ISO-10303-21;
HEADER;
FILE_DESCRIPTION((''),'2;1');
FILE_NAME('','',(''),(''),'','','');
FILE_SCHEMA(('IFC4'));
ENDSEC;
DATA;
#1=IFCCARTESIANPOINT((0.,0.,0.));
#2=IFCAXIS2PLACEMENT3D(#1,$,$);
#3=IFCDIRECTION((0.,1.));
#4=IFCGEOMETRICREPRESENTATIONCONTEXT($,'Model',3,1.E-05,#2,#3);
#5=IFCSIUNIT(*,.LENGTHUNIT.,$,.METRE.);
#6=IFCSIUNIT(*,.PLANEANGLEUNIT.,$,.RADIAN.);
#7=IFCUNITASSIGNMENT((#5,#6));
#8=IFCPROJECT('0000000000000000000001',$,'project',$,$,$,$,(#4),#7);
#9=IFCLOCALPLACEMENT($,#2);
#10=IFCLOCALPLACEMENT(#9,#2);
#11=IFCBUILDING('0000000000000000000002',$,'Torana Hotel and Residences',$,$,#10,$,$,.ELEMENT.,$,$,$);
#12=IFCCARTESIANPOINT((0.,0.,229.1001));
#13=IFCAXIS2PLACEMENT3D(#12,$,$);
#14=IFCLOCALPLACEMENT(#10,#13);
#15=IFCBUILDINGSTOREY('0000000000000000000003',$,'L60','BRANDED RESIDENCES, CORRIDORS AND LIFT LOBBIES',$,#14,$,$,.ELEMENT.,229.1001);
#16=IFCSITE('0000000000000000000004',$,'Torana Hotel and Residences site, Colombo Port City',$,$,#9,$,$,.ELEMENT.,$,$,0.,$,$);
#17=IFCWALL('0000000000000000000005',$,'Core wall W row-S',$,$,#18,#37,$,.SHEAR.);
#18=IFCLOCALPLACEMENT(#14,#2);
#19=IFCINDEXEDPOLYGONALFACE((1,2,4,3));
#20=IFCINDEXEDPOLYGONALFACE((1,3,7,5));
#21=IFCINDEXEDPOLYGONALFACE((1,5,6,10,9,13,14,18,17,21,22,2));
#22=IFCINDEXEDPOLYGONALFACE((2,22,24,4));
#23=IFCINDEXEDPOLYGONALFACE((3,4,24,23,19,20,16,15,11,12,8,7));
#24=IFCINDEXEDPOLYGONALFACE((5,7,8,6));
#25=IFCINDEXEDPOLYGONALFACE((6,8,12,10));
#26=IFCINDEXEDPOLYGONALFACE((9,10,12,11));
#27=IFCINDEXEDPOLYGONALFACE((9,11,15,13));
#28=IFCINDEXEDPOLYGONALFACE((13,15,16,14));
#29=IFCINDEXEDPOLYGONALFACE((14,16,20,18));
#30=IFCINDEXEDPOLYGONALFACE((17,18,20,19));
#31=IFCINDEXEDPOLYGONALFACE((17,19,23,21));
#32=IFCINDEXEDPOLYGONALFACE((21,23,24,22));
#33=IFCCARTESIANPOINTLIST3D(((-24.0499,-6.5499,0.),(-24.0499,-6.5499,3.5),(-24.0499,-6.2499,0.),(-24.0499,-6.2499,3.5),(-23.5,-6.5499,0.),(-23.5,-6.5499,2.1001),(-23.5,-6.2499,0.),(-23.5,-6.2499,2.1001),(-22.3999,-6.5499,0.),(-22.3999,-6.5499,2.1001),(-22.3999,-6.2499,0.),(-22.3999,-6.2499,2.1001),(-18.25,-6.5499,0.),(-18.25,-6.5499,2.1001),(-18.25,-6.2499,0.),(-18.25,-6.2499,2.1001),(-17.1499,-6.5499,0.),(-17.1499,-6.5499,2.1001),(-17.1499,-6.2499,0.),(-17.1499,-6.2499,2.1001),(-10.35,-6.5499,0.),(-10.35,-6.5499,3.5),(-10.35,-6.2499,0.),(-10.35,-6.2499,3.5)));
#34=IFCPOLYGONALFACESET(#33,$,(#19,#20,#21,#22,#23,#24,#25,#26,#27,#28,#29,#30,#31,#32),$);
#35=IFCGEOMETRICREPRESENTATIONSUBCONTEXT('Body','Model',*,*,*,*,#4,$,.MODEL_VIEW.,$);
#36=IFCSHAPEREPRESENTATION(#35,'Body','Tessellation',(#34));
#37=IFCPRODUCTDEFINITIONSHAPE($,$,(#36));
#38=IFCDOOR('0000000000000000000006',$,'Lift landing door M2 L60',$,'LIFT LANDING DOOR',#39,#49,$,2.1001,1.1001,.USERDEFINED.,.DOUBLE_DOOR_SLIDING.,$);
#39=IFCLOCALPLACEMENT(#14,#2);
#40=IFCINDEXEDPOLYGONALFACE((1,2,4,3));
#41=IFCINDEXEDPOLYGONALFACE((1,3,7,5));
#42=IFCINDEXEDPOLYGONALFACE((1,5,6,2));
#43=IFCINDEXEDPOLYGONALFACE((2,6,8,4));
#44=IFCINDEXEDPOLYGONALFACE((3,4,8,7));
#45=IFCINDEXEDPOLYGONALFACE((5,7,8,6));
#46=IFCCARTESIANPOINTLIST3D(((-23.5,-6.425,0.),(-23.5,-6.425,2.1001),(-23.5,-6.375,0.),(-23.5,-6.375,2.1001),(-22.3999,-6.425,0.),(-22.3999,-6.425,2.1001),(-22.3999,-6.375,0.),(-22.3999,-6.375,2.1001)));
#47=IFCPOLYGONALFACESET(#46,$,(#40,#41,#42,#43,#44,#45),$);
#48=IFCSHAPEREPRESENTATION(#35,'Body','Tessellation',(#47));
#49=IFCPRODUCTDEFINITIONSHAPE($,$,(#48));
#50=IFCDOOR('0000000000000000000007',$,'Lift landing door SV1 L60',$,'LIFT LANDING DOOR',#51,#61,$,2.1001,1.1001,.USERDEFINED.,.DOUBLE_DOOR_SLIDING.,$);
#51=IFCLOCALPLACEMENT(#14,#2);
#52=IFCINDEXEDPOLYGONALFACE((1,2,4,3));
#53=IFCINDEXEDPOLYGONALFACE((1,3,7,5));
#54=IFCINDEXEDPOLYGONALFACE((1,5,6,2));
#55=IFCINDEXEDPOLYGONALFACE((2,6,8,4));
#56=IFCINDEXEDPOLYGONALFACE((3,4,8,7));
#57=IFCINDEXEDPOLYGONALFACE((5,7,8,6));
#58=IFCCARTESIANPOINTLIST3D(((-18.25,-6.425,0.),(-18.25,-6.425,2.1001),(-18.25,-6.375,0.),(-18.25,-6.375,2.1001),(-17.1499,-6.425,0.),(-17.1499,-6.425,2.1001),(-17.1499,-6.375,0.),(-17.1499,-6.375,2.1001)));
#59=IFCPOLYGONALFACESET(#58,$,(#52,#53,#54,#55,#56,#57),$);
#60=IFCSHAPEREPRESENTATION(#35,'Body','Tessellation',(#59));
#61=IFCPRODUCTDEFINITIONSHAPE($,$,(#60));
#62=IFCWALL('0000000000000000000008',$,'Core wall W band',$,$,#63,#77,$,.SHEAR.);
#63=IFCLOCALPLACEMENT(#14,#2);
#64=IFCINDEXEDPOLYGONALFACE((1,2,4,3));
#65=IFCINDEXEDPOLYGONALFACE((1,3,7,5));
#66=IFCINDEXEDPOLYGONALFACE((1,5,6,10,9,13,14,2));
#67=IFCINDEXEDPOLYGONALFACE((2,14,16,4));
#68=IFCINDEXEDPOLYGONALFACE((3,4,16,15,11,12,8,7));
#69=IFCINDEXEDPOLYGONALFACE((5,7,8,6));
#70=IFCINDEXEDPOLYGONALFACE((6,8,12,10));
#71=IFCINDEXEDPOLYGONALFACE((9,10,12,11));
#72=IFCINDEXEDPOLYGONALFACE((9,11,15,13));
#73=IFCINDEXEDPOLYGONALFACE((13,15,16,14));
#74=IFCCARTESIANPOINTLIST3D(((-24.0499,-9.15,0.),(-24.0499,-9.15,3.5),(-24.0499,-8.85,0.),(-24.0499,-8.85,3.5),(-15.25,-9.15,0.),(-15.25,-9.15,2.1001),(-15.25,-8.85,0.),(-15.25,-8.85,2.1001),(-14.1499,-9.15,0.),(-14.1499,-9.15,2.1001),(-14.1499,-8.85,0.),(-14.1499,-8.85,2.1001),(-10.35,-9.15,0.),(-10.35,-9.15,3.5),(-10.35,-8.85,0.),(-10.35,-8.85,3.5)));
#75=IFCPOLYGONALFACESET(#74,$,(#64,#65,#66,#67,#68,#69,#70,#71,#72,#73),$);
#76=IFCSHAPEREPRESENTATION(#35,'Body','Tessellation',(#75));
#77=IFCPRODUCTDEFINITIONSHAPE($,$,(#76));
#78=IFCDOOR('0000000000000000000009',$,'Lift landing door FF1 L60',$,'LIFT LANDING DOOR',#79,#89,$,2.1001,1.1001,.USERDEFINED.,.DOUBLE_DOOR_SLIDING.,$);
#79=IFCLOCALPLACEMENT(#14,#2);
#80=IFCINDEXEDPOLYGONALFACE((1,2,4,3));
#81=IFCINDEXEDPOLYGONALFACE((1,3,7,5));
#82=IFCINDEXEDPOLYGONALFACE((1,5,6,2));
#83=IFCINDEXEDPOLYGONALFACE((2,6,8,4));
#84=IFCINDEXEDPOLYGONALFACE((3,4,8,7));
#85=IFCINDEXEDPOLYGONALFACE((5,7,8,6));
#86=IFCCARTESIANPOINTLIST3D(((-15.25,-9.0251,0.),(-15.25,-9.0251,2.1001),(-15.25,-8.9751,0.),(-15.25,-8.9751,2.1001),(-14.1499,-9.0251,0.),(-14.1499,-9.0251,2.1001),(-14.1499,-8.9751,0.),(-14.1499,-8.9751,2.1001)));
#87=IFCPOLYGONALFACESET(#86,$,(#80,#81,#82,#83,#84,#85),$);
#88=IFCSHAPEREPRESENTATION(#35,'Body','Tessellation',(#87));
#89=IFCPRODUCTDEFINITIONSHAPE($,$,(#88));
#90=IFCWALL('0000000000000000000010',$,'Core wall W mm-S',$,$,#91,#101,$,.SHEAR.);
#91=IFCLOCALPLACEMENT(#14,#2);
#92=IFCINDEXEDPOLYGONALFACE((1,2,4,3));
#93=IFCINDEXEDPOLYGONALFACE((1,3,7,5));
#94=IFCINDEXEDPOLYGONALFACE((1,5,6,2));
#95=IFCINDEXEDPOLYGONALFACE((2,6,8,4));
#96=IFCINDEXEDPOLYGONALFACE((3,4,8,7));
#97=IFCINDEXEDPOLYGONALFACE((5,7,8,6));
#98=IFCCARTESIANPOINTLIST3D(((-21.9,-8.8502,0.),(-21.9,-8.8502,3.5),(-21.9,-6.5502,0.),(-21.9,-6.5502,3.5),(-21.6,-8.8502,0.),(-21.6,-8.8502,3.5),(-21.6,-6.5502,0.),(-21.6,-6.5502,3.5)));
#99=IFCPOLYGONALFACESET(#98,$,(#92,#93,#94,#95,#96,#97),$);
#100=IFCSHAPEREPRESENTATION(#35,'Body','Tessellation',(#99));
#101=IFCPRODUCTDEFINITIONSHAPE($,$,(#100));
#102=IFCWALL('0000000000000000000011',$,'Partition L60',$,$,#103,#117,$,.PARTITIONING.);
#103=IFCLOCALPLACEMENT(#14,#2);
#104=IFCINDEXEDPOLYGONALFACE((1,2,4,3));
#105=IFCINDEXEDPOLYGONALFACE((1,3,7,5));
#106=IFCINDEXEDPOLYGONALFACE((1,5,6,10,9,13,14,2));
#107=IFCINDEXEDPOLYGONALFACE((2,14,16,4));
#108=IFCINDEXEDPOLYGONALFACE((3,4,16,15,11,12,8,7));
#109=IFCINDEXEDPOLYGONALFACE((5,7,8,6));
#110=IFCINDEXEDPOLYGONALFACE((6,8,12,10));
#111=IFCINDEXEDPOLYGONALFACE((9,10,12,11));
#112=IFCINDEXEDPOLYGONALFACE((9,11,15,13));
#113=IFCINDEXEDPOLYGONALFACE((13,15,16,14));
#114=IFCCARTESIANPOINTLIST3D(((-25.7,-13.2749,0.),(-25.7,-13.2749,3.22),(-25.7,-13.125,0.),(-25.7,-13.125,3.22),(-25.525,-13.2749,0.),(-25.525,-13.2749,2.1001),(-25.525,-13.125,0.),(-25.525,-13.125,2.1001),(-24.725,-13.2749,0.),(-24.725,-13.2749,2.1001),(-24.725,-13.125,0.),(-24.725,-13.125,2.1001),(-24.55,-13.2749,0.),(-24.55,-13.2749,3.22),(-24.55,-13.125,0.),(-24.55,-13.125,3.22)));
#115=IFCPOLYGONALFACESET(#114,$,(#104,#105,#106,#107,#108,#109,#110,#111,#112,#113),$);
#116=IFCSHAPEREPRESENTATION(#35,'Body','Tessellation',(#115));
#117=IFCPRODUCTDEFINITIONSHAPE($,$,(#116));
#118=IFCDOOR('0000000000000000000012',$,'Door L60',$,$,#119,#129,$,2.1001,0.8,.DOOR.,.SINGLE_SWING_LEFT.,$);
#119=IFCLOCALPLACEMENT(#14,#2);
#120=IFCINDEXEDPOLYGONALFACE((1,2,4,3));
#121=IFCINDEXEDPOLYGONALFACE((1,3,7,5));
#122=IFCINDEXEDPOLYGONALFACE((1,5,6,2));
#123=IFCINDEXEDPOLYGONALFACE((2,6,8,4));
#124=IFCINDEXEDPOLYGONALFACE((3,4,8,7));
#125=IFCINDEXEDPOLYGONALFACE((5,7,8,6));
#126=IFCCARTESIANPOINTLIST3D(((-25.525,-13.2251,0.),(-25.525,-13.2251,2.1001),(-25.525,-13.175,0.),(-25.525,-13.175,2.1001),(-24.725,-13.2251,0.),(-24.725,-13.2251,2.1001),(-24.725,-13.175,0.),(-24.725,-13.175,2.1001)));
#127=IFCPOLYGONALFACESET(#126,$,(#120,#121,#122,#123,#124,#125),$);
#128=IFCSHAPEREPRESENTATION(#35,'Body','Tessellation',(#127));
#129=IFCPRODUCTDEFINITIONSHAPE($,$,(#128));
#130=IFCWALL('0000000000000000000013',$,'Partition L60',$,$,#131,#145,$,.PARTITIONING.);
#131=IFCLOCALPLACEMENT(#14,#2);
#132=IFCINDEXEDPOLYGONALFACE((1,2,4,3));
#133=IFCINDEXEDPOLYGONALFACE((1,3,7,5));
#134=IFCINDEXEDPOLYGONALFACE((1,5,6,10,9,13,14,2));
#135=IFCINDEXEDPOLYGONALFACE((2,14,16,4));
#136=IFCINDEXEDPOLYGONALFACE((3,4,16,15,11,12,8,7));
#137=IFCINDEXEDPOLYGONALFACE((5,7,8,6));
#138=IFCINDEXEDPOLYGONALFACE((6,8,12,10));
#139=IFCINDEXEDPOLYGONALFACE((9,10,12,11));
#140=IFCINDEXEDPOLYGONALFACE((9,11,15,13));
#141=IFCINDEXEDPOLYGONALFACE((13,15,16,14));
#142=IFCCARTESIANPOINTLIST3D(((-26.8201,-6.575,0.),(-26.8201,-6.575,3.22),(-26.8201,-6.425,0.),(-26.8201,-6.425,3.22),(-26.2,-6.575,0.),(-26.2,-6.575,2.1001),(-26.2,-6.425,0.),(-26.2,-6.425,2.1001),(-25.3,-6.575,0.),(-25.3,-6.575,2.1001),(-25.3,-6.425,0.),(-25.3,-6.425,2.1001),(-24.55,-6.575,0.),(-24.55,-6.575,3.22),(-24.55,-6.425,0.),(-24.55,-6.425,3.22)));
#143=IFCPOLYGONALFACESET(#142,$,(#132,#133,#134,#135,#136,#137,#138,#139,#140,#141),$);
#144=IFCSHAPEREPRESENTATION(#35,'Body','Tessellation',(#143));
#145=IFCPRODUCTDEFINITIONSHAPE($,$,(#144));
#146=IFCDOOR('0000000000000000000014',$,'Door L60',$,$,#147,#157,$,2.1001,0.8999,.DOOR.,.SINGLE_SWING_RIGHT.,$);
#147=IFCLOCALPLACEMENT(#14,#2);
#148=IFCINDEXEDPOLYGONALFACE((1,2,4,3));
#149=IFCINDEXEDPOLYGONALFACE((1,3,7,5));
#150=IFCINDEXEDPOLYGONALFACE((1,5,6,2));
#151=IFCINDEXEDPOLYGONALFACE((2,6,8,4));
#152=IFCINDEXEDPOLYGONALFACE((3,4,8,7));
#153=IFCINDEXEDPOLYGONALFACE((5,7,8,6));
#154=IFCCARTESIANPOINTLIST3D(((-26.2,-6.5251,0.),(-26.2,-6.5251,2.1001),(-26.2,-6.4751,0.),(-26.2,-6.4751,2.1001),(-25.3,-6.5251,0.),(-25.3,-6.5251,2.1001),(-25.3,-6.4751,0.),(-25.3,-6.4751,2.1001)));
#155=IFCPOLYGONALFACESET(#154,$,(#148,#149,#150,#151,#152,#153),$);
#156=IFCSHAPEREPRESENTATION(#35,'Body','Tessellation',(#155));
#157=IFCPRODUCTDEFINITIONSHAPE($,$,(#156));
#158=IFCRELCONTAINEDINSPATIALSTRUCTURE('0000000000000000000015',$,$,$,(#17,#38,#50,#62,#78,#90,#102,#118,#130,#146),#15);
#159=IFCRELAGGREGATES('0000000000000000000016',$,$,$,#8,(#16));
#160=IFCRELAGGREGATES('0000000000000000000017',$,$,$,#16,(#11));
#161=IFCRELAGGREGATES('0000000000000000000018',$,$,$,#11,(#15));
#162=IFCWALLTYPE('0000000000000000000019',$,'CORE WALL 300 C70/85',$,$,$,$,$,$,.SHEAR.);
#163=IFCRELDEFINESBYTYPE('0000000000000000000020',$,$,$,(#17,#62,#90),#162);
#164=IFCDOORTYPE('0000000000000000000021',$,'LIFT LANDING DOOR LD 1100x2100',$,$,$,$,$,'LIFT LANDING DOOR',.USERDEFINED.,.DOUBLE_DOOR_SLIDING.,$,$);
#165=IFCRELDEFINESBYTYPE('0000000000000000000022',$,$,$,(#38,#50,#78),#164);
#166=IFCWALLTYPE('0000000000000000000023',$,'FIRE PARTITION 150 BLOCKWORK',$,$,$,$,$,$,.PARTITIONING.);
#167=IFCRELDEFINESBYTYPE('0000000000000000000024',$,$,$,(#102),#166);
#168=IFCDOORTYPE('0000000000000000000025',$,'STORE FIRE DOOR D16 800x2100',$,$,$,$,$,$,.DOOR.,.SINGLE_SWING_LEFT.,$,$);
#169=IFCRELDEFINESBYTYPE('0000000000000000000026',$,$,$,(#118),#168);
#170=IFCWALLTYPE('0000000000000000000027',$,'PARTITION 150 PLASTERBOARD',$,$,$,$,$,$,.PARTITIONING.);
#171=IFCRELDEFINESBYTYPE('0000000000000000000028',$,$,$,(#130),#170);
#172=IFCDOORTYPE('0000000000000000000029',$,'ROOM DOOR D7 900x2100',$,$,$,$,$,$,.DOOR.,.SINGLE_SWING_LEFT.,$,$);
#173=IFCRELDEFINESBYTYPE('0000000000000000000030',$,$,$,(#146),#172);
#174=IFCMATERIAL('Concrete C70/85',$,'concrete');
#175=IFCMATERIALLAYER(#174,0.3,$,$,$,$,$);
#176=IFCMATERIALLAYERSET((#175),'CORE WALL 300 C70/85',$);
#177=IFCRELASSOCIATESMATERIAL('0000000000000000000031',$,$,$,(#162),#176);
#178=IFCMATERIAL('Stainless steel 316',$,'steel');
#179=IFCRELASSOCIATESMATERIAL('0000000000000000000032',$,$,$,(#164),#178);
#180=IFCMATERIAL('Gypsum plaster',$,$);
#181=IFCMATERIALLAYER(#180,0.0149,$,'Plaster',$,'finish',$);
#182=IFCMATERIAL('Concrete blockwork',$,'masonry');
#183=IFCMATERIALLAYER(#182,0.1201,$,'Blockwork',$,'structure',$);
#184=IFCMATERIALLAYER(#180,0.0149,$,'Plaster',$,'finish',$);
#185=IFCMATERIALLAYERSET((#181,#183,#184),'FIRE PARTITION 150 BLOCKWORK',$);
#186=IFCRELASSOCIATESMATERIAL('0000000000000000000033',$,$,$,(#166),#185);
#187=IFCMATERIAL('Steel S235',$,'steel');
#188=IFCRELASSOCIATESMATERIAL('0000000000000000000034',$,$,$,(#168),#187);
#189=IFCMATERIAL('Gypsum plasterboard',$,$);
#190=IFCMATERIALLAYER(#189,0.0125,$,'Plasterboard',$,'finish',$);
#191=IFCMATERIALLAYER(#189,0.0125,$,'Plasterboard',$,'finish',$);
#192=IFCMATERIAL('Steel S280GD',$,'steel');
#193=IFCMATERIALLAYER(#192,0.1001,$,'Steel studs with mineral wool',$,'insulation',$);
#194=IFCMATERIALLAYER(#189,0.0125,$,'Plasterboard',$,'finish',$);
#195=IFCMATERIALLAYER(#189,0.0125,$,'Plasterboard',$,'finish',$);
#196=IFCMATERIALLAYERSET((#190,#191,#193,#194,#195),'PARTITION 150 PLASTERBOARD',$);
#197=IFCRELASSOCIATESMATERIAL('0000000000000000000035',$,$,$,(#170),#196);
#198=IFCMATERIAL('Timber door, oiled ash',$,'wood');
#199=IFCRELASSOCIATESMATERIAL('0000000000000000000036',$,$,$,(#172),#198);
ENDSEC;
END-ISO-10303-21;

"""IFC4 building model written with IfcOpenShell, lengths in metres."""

from ifc_helpers import new_model, si_unit, direction, frame, frame_2d, origin, place, context, subcontext, project, spatial, rectangle, extrude, material, layer, layer_set, type_object, element, fill, save


model = new_model("IFC4")

# Units and contexts
model_context = context("Model", 3, precision=1e-05, world=origin(), true_north=direction((0.0, 1.0)))
body_context = subcontext(model_context, "Body", "Model", "MODEL_VIEW")
ifc_project = project(units=[si_unit("LENGTHUNIT", "METRE"), si_unit("PLANEANGLEUNIT", "RADIAN")], contexts=[model_context])

# Site, building, storey
site_placement = place(None, origin())
site = spatial("IfcSite", under=ifc_project, at=site_placement, Name="Torana Hotel and Residences site, Colombo Port City", CompositionType="ELEMENT", RefElevation=0.0)
building_placement = place(site_placement, origin())
building = spatial("IfcBuilding", under=site, at=building_placement, Name="Torana Hotel and Residences", CompositionType="ELEMENT")
storey_placement = place(building_placement, frame((0.0, 0.0, 229.1001)))
storey = spatial("IfcBuildingStorey", under=building, at=storey_placement, Name="L60", Description="BRANDED RESIDENCES, CORRIDORS AND LIFT LOBBIES", CompositionType="ELEMENT", Elevation=229.1001)

# Wall, openings, doors
ifc_material_1 = material(Name="Concrete C70/85", Category="concrete")
ifc_layer_1 = layer(ifc_material_1, 0.3)
ifc_layer_set_1 = layer_set([ifc_layer_1], Name="CORE WALL 300 C70/85")
wall_type_1 = type_object("IfcWallType", Name="CORE WALL 300 C70/85", PredefinedType="SHEAR", material=ifc_layer_set_1)
wall_1_placement = place(storey_placement, frame((-24.05, -6.3999, 0.0), z_axis=(0.0, 0.0, 1.0), x_axis=(1.0, 0.0, 0.0)))
wall_1 = element("IfcWall", 1, at=wall_1_placement, inside=storey, type_object=wall_type_1, Name="Core wall W row-S", PredefinedType="SHEAR", context=body_context, shape_type="SweptSolid", body=[
    extrude(rectangle(XDim=13.7, YDim=0.3, at=frame_2d((6.8501, 0.0))), origin(), (0.0, 0.0, 1.0), 3.5),
])
opening_1_placement = place(wall_1_placement, frame((0.55, 0.0, 0.0)))
opening_1 = element("IfcOpeningElement", 2, at=opening_1_placement, cuts=wall_1, PredefinedType="OPENING", context=body_context, shape_type="SweptSolid", body=[
    extrude(rectangle(XDim=1.1001, YDim=2.1001, at=frame_2d((0.55, 1.05))), frame((0.0, 0.1599, 0.0), z_axis=(0.0, -1.0, 0.0), x_axis=(1.0, 0.0, 0.0)), (0.0, 0.0, 1.0), 0.3201),
])
opening_2_placement = place(wall_1_placement, frame((5.8, 0.0, 0.0)))
opening_2 = element("IfcOpeningElement", 3, at=opening_2_placement, cuts=wall_1, PredefinedType="OPENING", context=body_context, shape_type="SweptSolid", body=[
    extrude(rectangle(XDim=1.1001, YDim=2.1001, at=frame_2d((0.55, 1.05))), frame((0.0, 0.1599, 0.0), z_axis=(0.0, -1.0, 0.0), x_axis=(1.0, 0.0, 0.0)), (0.0, 0.0, 1.0), 0.3201),
])
ifc_material_2 = material(Name="Stainless steel 316", Category="steel")
door_type_1 = type_object("IfcDoorType", Name="LIFT LANDING DOOR LD 1100x2100", ElementType="LIFT LANDING DOOR", OperationType="DOUBLE_DOOR_SLIDING", PredefinedType="USERDEFINED", material=ifc_material_2)
door_1_placement = place(opening_1_placement, origin())
door_1 = element("IfcDoor", 4, at=door_1_placement, inside=storey, type_object=door_type_1, Name="Lift landing door M2 L60", ObjectType="LIFT LANDING DOOR", OperationType="DOUBLE_DOOR_SLIDING", OverallHeight=2.1001, OverallWidth=1.1001, PredefinedType="USERDEFINED", context=body_context, shape_type="SweptSolid", body=[
    extrude(rectangle(XDim=1.1001, YDim=2.1001, at=frame_2d((0.55, 1.05))), frame((0.0, 0.0249, 0.0), z_axis=(0.0, -1.0, 0.0), x_axis=(1.0, 0.0, 0.0)), (0.0, 0.0, 1.0), 0.05),
])
fill(opening_1, door_1)
door_2_placement = place(opening_2_placement, origin())
door_2 = element("IfcDoor", 5, at=door_2_placement, inside=storey, type_object=door_type_1, Name="Lift landing door SV1 L60", ObjectType="LIFT LANDING DOOR", OperationType="DOUBLE_DOOR_SLIDING", OverallHeight=2.1001, OverallWidth=1.1001, PredefinedType="USERDEFINED", context=body_context, shape_type="SweptSolid", body=[
    extrude(rectangle(XDim=1.1001, YDim=2.1001, at=frame_2d((0.55, 1.05))), frame((0.0, 0.0249, 0.0), z_axis=(0.0, -1.0, 0.0), x_axis=(1.0, 0.0, 0.0)), (0.0, 0.0, 1.0), 0.05),
])
fill(opening_2, door_2)

# Wall, opening, door
wall_2_placement = place(storey_placement, frame((-24.05, -9.0, 0.0), z_axis=(0.0, 0.0, 1.0), x_axis=(1.0, 0.0, 0.0)))
wall_2 = element("IfcWall", 6, at=wall_2_placement, inside=storey, type_object=wall_type_1, Name="Core wall W band", PredefinedType="SHEAR", context=body_context, shape_type="SweptSolid", body=[
    extrude(rectangle(XDim=13.7, YDim=0.3, at=frame_2d((6.8501, 0.0))), origin(), (0.0, 0.0, 1.0), 3.5),
])
opening_3_placement = place(wall_2_placement, frame((8.8, 0.0, 0.0)))
opening_3 = element("IfcOpeningElement", 7, at=opening_3_placement, cuts=wall_2, PredefinedType="OPENING", context=body_context, shape_type="SweptSolid", body=[
    extrude(rectangle(XDim=1.1001, YDim=2.1001, at=frame_2d((0.55, 1.05))), frame((0.0, 0.1599, 0.0), z_axis=(0.0, -1.0, 0.0), x_axis=(1.0, 0.0, 0.0)), (0.0, 0.0, 1.0), 0.3201),
])
door_3_placement = place(opening_3_placement, origin())
door_3 = element("IfcDoor", 8, at=door_3_placement, inside=storey, type_object=door_type_1, Name="Lift landing door FF1 L60", ObjectType="LIFT LANDING DOOR", OperationType="DOUBLE_DOOR_SLIDING", OverallHeight=2.1001, OverallWidth=1.1001, PredefinedType="USERDEFINED", context=body_context, shape_type="SweptSolid", body=[
    extrude(rectangle(XDim=1.1001, YDim=2.1001, at=frame_2d((0.55, 1.05))), frame((0.0, 0.0249, 0.0), z_axis=(0.0, -1.0, 0.0), x_axis=(1.0, 0.0, 0.0)), (0.0, 0.0, 1.0), 0.05),
])
fill(opening_3, door_3)

# Wall
wall_3_placement = place(storey_placement, frame((-21.75, -8.8501, 0.0), z_axis=(0.0, 0.0, 1.0), x_axis=(0.0, 1.0, 0.0)))
element("IfcWall", 9, at=wall_3_placement, inside=storey, type_object=wall_type_1, Name="Core wall W mm-S", PredefinedType="SHEAR", context=body_context, shape_type="SweptSolid", body=[
    extrude(rectangle(XDim=2.3, YDim=0.3, at=frame_2d((1.1499, 0.0))), origin(), (0.0, 0.0, 1.0), 3.5),
])

# Walls, openings, doors
ifc_material_3 = material(Name="Gypsum plaster")
ifc_layer_2 = layer(ifc_material_3, 0.0149, Name="Plaster", Category="finish")
ifc_material_4 = material(Name="Concrete blockwork", Category="masonry")
ifc_layer_3 = layer(ifc_material_4, 0.1201, Name="Blockwork", Category="structure")
ifc_layer_4 = layer(ifc_material_3, 0.0149, Name="Plaster", Category="finish")
ifc_layer_set_2 = layer_set([ifc_layer_2, ifc_layer_3, ifc_layer_4], Name="FIRE PARTITION 150 BLOCKWORK")
wall_type_2 = type_object("IfcWallType", Name="FIRE PARTITION 150 BLOCKWORK", PredefinedType="PARTITIONING", material=ifc_layer_set_2)
wall_4_placement = place(storey_placement, frame((-25.7, -13.2, 0.0), z_axis=(0.0, 0.0, 1.0), x_axis=(1.0, 0.0, 0.0)))
wall_4 = element("IfcWall", 10, at=wall_4_placement, inside=storey, type_object=wall_type_2, Name="Partition L60", PredefinedType="PARTITIONING", context=body_context, shape_type="SweptSolid", body=[
    extrude(rectangle(XDim=1.1499, YDim=0.1499, at=frame_2d((0.575, 0.0))), origin(), (0.0, 0.0, 1.0), 3.22),
])
opening_4_placement = place(wall_4_placement, frame((0.175, 0.0, 0.0)))
opening_4 = element("IfcOpeningElement", 11, at=opening_4_placement, cuts=wall_4, PredefinedType="OPENING", context=body_context, shape_type="SweptSolid", body=[
    extrude(rectangle(XDim=0.8, YDim=2.1001, at=frame_2d((0.3999, 1.05))), frame((0.0, 0.085, 0.0), z_axis=(0.0, -1.0, 0.0), x_axis=(1.0, 0.0, 0.0)), (0.0, 0.0, 1.0), 0.1699),
])
ifc_material_5 = material(Name="Steel S235", Category="steel")
door_type_2 = type_object("IfcDoorType", Name="STORE FIRE DOOR D16 800x2100", OperationType="SINGLE_SWING_LEFT", PredefinedType="DOOR", material=ifc_material_5)
door_4_placement = place(opening_4_placement, origin())
door_4 = element("IfcDoor", 12, at=door_4_placement, inside=storey, type_object=door_type_2, Name="Door L60", OperationType="SINGLE_SWING_LEFT", OverallHeight=2.1001, OverallWidth=0.8, PredefinedType="DOOR", context=body_context, shape_type="SweptSolid", body=[
    extrude(rectangle(XDim=0.8, YDim=2.1001, at=frame_2d((0.3999, 1.05))), frame((0.0, 0.0249, 0.0), z_axis=(0.0, -1.0, 0.0), x_axis=(1.0, 0.0, 0.0)), (0.0, 0.0, 1.0), 0.05),
])
fill(opening_4, door_4)
ifc_material_6 = material(Name="Gypsum plasterboard")
ifc_layer_5 = layer(ifc_material_6, 0.0125, Name="Plasterboard", Category="finish")
ifc_layer_6 = layer(ifc_material_6, 0.0125, Name="Plasterboard", Category="finish")
ifc_material_7 = material(Name="Steel S280GD", Category="steel")
ifc_layer_7 = layer(ifc_material_7, 0.1001, Name="Steel studs with mineral wool", Category="insulation")
ifc_layer_8 = layer(ifc_material_6, 0.0125, Name="Plasterboard", Category="finish")
ifc_layer_9 = layer(ifc_material_6, 0.0125, Name="Plasterboard", Category="finish")
ifc_layer_set_3 = layer_set([ifc_layer_5, ifc_layer_6, ifc_layer_7, ifc_layer_8, ifc_layer_9], Name="PARTITION 150 PLASTERBOARD")
wall_type_3 = type_object("IfcWallType", Name="PARTITION 150 PLASTERBOARD", PredefinedType="PARTITIONING", material=ifc_layer_set_3)
wall_5_placement = place(storey_placement, frame((-26.8201, -6.5, 0.0), z_axis=(0.0, 0.0, 1.0), x_axis=(1.0, 0.0, 0.0)))
wall_5 = element("IfcWall", 13, at=wall_5_placement, inside=storey, type_object=wall_type_3, Name="Partition L60", PredefinedType="PARTITIONING", context=body_context, shape_type="SweptSolid", body=[
    extrude(rectangle(XDim=2.27, YDim=0.1499, at=frame_2d((1.135, 0.0))), origin(), (0.0, 0.0, 1.0), 3.22),
])
opening_5_placement = place(wall_5_placement, frame((0.6201, 0.0, 0.0)))
opening_5 = element("IfcOpeningElement", 14, at=opening_5_placement, cuts=wall_5, PredefinedType="OPENING", context=body_context, shape_type="SweptSolid", body=[
    extrude(rectangle(XDim=0.8999, YDim=2.1001, at=frame_2d((0.45, 1.05))), frame((0.0, 0.085, 0.0), z_axis=(0.0, -1.0, 0.0), x_axis=(1.0, 0.0, 0.0)), (0.0, 0.0, 1.0), 0.1699),
])
ifc_material_8 = material(Name="Timber door, oiled ash", Category="wood")
door_type_3 = type_object("IfcDoorType", Name="ROOM DOOR D7 900x2100", OperationType="SINGLE_SWING_LEFT", PredefinedType="DOOR", material=ifc_material_8)
door_5_placement = place(opening_5_placement, origin())
door_5 = element("IfcDoor", 15, at=door_5_placement, inside=storey, type_object=door_type_3, Name="Door L60", OperationType="SINGLE_SWING_RIGHT", OverallHeight=2.1001, OverallWidth=0.8999, PredefinedType="DOOR", context=body_context, shape_type="SweptSolid", body=[
    extrude(rectangle(XDim=0.8999, YDim=2.1001, at=frame_2d((0.45, 1.05))), frame((0.0, 0.0249, 0.0), z_axis=(0.0, -1.0, 0.0), x_axis=(1.0, 0.0, 0.0)), (0.0, 0.0, 1.0), 0.05),
])
fill(opening_5, door_5)

save(model, "model.ifc")
